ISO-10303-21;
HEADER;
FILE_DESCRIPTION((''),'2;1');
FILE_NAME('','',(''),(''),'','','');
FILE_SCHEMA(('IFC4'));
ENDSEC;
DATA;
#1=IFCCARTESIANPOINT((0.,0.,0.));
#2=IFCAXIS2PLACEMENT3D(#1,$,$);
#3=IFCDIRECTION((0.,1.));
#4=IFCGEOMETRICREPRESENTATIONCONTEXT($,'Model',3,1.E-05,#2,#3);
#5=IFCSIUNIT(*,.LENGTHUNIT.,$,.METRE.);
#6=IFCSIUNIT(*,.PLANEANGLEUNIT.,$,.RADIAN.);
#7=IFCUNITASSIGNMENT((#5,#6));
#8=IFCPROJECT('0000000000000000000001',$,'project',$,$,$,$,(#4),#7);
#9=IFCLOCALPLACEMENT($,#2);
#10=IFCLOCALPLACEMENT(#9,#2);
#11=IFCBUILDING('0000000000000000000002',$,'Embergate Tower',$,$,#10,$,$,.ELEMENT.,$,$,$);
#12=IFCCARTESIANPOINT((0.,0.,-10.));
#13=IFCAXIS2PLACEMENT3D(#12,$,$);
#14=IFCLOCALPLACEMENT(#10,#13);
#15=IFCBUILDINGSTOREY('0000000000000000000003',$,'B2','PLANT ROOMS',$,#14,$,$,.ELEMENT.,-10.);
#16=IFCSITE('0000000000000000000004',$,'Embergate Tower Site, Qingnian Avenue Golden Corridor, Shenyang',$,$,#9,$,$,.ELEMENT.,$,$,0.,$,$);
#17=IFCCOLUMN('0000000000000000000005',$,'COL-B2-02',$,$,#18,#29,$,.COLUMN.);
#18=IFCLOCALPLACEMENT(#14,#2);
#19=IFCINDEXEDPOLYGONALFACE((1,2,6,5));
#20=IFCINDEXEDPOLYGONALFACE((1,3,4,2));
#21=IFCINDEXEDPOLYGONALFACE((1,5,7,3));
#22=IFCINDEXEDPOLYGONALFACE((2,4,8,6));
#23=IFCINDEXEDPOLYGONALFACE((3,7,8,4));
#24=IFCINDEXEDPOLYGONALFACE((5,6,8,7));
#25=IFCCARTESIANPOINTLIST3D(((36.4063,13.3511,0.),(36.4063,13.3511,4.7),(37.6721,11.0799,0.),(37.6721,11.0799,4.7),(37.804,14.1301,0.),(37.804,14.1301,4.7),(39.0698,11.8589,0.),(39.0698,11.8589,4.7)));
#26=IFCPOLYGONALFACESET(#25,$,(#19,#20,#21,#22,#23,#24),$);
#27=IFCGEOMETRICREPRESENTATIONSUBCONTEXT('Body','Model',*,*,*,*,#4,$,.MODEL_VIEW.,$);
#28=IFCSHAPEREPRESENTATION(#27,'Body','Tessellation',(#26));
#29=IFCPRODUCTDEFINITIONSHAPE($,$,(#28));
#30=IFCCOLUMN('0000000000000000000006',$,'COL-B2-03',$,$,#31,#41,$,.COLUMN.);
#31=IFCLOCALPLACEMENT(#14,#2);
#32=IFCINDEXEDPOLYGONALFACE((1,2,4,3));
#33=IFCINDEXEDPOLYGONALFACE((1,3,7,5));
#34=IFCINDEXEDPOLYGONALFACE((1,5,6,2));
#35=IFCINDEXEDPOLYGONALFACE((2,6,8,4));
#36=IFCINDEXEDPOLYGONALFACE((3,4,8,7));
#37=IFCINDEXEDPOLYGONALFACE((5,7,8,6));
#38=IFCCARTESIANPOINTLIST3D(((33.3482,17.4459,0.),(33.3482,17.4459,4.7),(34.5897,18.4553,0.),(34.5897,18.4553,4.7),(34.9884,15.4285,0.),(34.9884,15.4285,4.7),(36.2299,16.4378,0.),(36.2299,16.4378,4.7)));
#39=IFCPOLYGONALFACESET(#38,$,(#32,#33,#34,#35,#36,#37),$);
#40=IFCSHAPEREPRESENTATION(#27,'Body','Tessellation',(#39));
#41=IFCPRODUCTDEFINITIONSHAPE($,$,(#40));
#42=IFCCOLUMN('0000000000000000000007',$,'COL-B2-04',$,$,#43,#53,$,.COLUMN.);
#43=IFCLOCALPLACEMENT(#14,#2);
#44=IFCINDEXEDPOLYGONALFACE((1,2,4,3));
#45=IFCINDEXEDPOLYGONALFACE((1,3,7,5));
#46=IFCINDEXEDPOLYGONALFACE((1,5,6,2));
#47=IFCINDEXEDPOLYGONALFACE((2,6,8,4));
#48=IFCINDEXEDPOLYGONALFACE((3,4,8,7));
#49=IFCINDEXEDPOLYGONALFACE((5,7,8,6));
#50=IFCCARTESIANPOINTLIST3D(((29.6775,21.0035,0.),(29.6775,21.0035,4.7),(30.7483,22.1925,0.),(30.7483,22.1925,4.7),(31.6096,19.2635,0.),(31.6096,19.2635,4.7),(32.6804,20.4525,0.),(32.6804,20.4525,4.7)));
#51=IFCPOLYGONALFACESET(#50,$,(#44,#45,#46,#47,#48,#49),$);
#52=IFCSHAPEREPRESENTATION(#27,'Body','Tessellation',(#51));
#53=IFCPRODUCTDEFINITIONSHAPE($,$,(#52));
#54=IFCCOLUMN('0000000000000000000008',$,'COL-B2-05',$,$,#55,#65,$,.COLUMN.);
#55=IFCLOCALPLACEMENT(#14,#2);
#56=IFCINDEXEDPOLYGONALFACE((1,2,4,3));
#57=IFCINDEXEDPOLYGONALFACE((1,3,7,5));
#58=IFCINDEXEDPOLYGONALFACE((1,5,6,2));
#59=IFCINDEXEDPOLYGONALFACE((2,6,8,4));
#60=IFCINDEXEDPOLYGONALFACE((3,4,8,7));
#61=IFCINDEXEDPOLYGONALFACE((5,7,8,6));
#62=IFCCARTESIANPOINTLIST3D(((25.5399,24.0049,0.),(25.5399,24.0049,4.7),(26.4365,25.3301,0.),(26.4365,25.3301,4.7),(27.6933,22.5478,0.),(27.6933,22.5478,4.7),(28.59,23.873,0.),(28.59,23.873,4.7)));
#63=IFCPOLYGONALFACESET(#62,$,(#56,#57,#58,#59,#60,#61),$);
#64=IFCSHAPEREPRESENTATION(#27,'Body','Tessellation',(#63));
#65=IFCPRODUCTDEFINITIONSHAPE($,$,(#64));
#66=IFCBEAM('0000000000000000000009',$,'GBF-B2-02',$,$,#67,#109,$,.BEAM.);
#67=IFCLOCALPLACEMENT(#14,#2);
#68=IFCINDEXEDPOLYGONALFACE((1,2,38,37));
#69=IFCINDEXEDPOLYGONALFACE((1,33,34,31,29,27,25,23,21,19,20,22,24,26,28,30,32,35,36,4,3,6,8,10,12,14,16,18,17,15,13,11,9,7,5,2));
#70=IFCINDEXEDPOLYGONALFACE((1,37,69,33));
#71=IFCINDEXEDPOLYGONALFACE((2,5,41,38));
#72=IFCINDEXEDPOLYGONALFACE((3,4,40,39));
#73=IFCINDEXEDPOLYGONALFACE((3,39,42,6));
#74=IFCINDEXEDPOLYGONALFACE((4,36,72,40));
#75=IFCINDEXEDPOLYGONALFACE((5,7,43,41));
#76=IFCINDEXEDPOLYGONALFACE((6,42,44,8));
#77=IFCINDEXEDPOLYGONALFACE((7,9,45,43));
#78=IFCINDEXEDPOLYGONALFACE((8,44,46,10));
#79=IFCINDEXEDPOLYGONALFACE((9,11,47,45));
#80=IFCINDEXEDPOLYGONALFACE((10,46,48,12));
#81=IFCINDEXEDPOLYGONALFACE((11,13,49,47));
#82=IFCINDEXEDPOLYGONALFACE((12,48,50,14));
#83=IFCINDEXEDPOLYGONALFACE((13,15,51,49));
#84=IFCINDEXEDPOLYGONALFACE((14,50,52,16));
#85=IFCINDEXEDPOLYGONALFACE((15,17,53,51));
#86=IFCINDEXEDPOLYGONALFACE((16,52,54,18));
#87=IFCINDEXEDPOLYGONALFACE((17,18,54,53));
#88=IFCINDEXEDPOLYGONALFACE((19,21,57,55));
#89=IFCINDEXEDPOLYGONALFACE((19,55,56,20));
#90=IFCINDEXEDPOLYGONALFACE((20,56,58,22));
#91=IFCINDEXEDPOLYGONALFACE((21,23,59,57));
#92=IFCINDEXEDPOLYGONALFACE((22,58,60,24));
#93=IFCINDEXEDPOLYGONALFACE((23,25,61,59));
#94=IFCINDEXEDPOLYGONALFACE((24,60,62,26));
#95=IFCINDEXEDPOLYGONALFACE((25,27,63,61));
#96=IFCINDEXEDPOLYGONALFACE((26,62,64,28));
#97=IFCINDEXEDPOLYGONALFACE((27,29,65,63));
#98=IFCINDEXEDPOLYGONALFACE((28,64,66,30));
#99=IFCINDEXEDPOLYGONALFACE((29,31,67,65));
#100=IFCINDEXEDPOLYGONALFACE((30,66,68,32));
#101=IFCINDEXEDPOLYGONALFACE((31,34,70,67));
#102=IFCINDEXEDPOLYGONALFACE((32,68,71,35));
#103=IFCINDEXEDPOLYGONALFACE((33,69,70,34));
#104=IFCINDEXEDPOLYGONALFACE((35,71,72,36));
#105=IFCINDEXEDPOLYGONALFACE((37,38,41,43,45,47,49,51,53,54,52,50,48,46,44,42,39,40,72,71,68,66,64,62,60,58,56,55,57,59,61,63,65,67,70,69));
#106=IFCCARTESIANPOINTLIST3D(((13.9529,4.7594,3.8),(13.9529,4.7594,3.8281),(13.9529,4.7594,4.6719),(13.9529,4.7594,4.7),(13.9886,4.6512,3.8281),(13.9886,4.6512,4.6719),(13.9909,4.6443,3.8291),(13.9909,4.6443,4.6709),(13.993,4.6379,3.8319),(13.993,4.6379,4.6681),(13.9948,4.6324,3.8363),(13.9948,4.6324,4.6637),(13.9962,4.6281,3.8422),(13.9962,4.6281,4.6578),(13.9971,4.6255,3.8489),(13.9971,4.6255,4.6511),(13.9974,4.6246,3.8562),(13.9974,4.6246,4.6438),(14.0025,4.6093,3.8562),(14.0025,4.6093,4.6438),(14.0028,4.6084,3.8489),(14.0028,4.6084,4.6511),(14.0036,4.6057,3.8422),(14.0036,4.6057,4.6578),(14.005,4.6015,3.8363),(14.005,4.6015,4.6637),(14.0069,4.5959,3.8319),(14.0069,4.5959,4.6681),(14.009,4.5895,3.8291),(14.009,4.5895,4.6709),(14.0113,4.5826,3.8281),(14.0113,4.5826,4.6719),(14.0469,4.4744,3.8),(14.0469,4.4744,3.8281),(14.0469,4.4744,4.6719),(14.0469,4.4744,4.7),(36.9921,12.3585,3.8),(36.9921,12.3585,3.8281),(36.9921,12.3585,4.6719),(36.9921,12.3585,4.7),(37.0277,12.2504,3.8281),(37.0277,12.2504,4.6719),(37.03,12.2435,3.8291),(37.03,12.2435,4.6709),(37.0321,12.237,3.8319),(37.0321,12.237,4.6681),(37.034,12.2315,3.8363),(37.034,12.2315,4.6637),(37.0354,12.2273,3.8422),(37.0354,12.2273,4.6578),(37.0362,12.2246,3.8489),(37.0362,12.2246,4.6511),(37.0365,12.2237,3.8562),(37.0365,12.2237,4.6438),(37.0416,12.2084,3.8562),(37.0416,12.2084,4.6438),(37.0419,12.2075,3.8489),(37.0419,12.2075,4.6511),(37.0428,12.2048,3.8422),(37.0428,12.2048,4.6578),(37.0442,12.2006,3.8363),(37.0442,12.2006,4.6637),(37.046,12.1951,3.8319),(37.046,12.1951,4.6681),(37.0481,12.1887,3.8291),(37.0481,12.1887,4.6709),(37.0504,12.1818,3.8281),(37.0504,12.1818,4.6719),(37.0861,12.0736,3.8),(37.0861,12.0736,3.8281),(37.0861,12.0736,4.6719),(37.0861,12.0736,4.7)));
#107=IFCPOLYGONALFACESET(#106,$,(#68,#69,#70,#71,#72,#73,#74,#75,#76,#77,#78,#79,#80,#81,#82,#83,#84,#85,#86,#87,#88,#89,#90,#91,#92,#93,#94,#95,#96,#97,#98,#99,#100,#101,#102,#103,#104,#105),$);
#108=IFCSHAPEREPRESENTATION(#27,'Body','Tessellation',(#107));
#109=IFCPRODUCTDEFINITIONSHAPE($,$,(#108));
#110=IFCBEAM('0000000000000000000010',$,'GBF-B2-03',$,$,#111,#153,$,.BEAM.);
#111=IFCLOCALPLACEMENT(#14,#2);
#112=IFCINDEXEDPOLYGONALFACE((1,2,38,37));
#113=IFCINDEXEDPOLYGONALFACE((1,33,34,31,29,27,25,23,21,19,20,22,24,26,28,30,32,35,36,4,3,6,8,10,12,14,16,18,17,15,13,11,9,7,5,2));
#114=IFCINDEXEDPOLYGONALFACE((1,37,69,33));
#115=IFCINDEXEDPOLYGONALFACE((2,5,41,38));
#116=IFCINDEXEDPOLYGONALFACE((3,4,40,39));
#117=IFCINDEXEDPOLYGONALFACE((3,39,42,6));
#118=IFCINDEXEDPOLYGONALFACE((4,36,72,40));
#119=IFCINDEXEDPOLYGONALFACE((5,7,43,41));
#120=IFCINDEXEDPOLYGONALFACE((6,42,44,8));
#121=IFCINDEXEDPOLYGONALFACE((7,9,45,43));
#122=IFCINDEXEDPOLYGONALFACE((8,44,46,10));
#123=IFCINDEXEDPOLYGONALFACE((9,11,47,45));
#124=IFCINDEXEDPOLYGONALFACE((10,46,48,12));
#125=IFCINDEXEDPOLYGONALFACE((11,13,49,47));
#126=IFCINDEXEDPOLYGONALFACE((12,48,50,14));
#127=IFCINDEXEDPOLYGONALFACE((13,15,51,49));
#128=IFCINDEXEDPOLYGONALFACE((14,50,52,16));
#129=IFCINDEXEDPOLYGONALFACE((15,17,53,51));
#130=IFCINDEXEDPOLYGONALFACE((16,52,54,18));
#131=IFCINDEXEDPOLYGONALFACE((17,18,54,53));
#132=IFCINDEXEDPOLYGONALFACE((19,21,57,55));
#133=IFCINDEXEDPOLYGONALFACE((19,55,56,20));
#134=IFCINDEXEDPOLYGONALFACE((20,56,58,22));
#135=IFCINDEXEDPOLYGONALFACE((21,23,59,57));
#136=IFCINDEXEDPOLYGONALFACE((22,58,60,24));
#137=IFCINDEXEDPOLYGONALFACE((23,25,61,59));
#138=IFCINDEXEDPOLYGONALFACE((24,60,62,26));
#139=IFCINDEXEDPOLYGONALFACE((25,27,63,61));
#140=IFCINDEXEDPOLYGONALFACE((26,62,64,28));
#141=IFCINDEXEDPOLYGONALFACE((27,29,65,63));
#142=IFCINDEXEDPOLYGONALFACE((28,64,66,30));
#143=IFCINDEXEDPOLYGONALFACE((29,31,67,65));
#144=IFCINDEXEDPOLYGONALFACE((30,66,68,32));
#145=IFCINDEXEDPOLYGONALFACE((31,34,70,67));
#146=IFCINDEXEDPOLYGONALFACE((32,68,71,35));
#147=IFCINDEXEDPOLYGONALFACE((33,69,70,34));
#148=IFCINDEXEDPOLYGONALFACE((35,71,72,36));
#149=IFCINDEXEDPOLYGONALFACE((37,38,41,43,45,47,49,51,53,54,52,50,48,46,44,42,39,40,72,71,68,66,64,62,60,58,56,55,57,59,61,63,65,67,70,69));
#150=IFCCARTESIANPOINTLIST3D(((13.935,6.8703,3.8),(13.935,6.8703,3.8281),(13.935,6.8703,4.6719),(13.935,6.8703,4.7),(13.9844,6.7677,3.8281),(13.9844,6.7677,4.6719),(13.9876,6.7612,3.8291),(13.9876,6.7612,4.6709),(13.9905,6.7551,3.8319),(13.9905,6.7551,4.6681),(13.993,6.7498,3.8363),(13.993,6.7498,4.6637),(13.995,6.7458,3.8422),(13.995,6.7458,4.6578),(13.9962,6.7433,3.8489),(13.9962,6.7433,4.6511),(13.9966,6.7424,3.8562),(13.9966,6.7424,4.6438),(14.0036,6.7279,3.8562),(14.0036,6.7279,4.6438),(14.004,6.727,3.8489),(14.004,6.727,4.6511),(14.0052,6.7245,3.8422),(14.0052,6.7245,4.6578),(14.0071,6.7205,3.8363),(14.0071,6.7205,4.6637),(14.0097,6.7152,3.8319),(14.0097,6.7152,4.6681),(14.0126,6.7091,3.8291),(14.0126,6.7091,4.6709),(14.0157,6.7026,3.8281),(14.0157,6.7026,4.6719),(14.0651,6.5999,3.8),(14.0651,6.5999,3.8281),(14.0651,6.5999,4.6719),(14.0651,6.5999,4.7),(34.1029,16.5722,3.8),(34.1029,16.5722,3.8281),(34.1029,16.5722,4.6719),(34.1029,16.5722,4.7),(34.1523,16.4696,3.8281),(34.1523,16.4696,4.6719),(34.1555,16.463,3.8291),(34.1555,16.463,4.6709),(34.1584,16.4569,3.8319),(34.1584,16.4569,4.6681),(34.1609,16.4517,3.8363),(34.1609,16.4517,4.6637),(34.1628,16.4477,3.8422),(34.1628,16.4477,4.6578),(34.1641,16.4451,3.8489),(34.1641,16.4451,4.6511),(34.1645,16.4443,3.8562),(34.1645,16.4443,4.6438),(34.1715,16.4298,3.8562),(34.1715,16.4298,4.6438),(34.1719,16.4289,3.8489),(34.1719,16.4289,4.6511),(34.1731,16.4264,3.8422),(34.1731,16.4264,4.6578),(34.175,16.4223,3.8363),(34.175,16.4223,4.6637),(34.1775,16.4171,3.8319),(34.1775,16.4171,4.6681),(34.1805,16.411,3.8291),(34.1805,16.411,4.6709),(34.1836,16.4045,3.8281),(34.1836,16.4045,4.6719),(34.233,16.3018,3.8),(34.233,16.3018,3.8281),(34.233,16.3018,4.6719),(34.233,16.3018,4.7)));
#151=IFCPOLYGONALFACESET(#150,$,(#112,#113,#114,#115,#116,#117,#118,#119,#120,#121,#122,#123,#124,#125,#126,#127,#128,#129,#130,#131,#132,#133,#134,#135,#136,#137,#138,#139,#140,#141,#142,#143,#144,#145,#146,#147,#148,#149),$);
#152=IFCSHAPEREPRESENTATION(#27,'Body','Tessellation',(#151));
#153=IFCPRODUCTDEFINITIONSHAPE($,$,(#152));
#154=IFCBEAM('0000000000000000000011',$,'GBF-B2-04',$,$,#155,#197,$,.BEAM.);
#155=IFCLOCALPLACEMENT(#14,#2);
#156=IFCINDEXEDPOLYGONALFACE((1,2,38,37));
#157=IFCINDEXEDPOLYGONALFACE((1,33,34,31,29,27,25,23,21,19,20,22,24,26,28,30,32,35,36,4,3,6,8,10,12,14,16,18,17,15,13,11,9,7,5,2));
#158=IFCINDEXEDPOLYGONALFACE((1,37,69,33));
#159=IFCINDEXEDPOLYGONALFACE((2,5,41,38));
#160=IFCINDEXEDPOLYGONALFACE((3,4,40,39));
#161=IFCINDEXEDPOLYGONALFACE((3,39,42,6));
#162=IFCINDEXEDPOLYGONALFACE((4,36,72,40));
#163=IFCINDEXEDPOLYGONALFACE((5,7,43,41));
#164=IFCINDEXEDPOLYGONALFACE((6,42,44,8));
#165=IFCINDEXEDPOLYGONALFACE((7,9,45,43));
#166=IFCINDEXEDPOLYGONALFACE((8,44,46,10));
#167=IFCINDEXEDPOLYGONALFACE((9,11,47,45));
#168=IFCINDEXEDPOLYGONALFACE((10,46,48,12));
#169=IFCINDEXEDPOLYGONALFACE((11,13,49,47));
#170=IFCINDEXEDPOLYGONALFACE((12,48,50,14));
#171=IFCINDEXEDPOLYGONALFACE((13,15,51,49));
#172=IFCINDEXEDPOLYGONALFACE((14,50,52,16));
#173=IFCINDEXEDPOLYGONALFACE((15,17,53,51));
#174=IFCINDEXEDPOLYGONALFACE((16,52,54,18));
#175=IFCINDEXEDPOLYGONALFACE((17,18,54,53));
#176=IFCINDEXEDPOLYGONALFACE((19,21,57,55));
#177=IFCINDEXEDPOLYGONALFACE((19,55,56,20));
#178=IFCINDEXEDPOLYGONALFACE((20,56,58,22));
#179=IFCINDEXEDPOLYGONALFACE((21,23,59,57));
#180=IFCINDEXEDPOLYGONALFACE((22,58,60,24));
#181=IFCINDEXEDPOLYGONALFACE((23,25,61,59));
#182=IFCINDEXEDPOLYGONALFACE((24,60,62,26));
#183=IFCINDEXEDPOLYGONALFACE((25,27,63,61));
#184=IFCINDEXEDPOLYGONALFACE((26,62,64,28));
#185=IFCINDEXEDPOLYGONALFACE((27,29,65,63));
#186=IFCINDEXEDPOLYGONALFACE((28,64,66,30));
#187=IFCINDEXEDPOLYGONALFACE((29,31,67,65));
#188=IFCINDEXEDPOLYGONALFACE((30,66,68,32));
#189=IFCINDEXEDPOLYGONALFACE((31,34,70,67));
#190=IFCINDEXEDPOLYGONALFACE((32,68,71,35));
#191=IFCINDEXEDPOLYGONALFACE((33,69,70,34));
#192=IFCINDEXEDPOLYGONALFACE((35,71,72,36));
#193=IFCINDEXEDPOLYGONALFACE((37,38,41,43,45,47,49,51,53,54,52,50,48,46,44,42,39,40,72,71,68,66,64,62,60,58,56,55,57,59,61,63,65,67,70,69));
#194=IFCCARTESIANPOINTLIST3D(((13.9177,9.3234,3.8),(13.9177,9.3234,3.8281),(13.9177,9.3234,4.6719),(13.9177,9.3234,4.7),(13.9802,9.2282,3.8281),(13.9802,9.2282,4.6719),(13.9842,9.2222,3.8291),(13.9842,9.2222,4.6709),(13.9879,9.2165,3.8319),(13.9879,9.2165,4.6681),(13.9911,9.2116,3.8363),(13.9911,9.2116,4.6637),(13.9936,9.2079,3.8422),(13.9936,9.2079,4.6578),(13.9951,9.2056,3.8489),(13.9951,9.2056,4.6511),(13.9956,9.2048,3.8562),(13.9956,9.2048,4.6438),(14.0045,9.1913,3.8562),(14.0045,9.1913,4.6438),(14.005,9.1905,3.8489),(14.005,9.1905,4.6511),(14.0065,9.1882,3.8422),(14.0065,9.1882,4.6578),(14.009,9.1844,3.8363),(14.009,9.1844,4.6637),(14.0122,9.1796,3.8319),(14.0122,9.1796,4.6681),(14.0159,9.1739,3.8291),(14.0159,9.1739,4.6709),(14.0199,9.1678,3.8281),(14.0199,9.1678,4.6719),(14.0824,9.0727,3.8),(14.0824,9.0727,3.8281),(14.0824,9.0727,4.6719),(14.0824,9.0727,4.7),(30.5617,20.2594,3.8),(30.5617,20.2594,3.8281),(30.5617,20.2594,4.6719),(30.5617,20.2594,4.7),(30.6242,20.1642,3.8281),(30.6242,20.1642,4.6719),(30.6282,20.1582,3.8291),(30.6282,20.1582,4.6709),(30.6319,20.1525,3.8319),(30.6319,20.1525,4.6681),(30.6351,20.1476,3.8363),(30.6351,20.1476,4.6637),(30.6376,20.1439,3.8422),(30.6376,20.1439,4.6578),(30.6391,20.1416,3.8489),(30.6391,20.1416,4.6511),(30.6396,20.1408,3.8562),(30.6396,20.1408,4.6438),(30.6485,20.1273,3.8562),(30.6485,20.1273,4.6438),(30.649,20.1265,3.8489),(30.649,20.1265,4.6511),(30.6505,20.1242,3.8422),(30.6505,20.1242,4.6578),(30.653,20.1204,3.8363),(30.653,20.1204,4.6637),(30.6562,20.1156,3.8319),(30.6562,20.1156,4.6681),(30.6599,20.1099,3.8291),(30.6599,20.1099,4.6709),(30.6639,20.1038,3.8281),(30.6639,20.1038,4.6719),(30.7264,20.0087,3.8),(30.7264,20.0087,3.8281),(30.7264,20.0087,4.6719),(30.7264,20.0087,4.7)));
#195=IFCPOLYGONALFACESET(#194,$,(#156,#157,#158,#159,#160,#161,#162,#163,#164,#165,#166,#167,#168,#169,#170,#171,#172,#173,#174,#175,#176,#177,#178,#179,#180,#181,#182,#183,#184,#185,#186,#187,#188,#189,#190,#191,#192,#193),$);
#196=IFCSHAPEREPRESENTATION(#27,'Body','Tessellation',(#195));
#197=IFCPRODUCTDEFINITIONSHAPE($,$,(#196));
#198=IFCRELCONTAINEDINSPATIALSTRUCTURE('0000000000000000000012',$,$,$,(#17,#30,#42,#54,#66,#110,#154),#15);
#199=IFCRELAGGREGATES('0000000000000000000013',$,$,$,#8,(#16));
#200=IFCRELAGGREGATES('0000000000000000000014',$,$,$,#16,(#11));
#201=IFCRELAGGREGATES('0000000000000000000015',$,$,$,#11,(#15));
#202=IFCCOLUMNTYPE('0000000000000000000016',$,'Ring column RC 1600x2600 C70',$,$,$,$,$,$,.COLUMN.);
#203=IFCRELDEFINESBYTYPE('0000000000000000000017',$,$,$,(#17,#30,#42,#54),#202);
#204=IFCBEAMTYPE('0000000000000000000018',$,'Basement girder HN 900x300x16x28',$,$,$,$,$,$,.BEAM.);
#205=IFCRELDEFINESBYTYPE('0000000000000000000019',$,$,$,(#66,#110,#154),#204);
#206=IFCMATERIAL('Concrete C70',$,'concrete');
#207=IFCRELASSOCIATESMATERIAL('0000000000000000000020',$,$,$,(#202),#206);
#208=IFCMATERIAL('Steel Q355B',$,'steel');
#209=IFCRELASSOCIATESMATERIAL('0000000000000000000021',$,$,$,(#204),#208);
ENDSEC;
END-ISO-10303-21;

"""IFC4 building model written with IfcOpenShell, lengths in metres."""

from ifc_helpers import new_model, si_unit, direction, frame, origin, origin_2d, place, context, subcontext, project, spatial, rectangle, i_section, extrude, source, transform, mapped, material, material_profile, profile_set, type_object, element, save


model = new_model("IFC4")

# Units and contexts
model_context = context("Model", 3, precision=1e-05, world=origin(), true_north=direction((0.0, 1.0)))
body_context = subcontext(model_context, "Body", "Model", "MODEL_VIEW")
ifc_project = project(units=[si_unit("LENGTHUNIT", "METRE"), si_unit("PLANEANGLEUNIT", "RADIAN")], contexts=[model_context])

# Site, building, storey
site_placement = place(None, origin())
site = spatial("IfcSite", under=ifc_project, at=site_placement, Name="Embergate Tower Site, Qingnian Avenue Golden Corridor, Shenyang", CompositionType="ELEMENT", RefElevation=0.0)
building_placement = place(site_placement, origin())
building = spatial("IfcBuilding", under=site, at=building_placement, Name="Embergate Tower", CompositionType="ELEMENT")
storey_placement = place(building_placement, frame((0.0, 0.0, -10.0)))
storey = spatial("IfcBuildingStorey", under=building, at=storey_placement, Name="B2", Description="PLANT ROOMS", CompositionType="ELEMENT", Elevation=-10.0)

# Columns
ifc_material_1 = material(Name="Concrete C70", Category="concrete")
ifc_material_profile_1 = material_profile(ifc_material_1, rectangle(XDim=1.6001, YDim=2.6001, at=origin_2d()), Name="RC 1600x2600")
ifc_profile_set_1 = profile_set([ifc_material_profile_1], Name="Concrete C70")
column_type = type_object("IfcColumnType", Name="Ring column RC 1600x2600 C70", PredefinedType="COLUMN", material=ifc_profile_set_1)
shared_shape_1 = source(origin(), body_context, "Body", "SweptSolid", [
    extrude(rectangle(XDim=1.6001, YDim=2.6001, at=origin_2d()), origin(), (0.0, 0.0, 1.0), 4.7),
])
for number, where, z_axis, x_axis, name in (
    (1, (37.738, 12.605, 0.0), (0.0, 0.0, 1.0), (0.873492, 0.486839, 0.0), "COL-B2-02"),
    (2, (34.7891, 16.9419, 0.0), (0.0, 0.0, 1.0), (0.775925, 0.630825, 0.0), "COL-B2-03"),
    (3, (31.179, 20.728, 0.0), (0.0, 0.0, 1.0), (0.669208, 0.743075, 0.0), "COL-B2-04"),
    (4, (27.0649, 23.939, 0.0), (0.0, 0.0, 1.0), (0.560393, 0.828227, 0.0), "COL-B2-05"),
):
    element("IfcColumn", number, at=place(storey_placement, frame(where, z_axis=z_axis, x_axis=x_axis)), inside=storey, type_object=column_type, Name=name, PredefinedType="COLUMN", context=body_context, shape_type="MappedRepresentation", body=[
        mapped(shared_shape_1, transform((0.0, 0.0, 0.0))),
    ])

# Beams
ifc_material_2 = material(Name="Steel Q355B", Category="steel")
ifc_material_profile_2 = material_profile(ifc_material_2, i_section(OverallWidth=0.3, OverallDepth=0.8999, WebThickness=0.0161, FlangeThickness=0.0281, FilletRadius=0.0281, at=origin_2d()), Name="HN 900x300x16x28")
ifc_profile_set_2 = profile_set([ifc_material_profile_2], Name="Steel Q355 grade B")
beam_type_1 = type_object("IfcBeamType", Name="Basement girder HN 900x300x16x28", PredefinedType="BEAM", material=ifc_profile_set_2)
shared_shape_2 = source(origin(), body_context, "Body", "SweptSolid", [
    extrude(i_section(OverallWidth=0.3, OverallDepth=0.8999, WebThickness=0.0161, FlangeThickness=0.0281, FilletRadius=0.0281, at=origin_2d()), origin(), (0.0, 0.0, 1.0), 24.26),
])
beam_1_placement = place(storey_placement, frame((37.0391, 12.2161, 4.25), z_axis=(-0.949675, -0.313237, 0.0), x_axis=(0.313237, -0.949675, 0.0)))
element("IfcBeam", 5, at=beam_1_placement, inside=storey, type_object=beam_type_1, Name="GBF-B2-02", PredefinedType="BEAM", context=body_context, shape_type="MappedRepresentation", body=[
    mapped(shared_shape_2, transform((0.0, 0.0, 0.0))),
])
shared_shape_3 = source(origin(), body_context, "Body", "SweptSolid", [
    extrude(i_section(OverallWidth=0.3, OverallDepth=0.8999, WebThickness=0.0161, FlangeThickness=0.0281, FilletRadius=0.0281, at=origin_2d()), origin(), (0.0, 0.0, 1.0), 22.3801),
])
beam_2_placement = place(storey_placement, frame((34.168, 16.437, 4.25), z_axis=(-0.901152, -0.433504, 0.0), x_axis=(0.433504, -0.901152, 0.0)))
element("IfcBeam", 6, at=beam_2_placement, inside=storey, type_object=beam_type_1, Name="GBF-B2-03", PredefinedType="BEAM", context=body_context, shape_type="MappedRepresentation", body=[
    mapped(shared_shape_3, transform((0.0, 0.0, 0.0))),
])
shared_shape_4 = source(origin(), body_context, "Body", "SweptSolid", [
    extrude(i_section(OverallWidth=0.3, OverallDepth=0.8999, WebThickness=0.0161, FlangeThickness=0.0281, FilletRadius=0.0281, at=origin_2d()), origin(), (0.0, 0.0, 1.0), 19.9153),
])
beam_3_placement = place(storey_placement, frame((30.644, 20.134, 4.25), z_axis=(-0.83574, -0.549126, 0.0), x_axis=(0.549126, -0.83574, 0.0)))
element("IfcBeam", 7, at=beam_3_placement, inside=storey, type_object=beam_type_1, Name="GBF-B2-04", PredefinedType="BEAM", context=body_context, shape_type="MappedRepresentation", body=[
    mapped(shared_shape_4, transform((0.0, 0.0, 0.0))),
])

save(model, "model.ifc")
